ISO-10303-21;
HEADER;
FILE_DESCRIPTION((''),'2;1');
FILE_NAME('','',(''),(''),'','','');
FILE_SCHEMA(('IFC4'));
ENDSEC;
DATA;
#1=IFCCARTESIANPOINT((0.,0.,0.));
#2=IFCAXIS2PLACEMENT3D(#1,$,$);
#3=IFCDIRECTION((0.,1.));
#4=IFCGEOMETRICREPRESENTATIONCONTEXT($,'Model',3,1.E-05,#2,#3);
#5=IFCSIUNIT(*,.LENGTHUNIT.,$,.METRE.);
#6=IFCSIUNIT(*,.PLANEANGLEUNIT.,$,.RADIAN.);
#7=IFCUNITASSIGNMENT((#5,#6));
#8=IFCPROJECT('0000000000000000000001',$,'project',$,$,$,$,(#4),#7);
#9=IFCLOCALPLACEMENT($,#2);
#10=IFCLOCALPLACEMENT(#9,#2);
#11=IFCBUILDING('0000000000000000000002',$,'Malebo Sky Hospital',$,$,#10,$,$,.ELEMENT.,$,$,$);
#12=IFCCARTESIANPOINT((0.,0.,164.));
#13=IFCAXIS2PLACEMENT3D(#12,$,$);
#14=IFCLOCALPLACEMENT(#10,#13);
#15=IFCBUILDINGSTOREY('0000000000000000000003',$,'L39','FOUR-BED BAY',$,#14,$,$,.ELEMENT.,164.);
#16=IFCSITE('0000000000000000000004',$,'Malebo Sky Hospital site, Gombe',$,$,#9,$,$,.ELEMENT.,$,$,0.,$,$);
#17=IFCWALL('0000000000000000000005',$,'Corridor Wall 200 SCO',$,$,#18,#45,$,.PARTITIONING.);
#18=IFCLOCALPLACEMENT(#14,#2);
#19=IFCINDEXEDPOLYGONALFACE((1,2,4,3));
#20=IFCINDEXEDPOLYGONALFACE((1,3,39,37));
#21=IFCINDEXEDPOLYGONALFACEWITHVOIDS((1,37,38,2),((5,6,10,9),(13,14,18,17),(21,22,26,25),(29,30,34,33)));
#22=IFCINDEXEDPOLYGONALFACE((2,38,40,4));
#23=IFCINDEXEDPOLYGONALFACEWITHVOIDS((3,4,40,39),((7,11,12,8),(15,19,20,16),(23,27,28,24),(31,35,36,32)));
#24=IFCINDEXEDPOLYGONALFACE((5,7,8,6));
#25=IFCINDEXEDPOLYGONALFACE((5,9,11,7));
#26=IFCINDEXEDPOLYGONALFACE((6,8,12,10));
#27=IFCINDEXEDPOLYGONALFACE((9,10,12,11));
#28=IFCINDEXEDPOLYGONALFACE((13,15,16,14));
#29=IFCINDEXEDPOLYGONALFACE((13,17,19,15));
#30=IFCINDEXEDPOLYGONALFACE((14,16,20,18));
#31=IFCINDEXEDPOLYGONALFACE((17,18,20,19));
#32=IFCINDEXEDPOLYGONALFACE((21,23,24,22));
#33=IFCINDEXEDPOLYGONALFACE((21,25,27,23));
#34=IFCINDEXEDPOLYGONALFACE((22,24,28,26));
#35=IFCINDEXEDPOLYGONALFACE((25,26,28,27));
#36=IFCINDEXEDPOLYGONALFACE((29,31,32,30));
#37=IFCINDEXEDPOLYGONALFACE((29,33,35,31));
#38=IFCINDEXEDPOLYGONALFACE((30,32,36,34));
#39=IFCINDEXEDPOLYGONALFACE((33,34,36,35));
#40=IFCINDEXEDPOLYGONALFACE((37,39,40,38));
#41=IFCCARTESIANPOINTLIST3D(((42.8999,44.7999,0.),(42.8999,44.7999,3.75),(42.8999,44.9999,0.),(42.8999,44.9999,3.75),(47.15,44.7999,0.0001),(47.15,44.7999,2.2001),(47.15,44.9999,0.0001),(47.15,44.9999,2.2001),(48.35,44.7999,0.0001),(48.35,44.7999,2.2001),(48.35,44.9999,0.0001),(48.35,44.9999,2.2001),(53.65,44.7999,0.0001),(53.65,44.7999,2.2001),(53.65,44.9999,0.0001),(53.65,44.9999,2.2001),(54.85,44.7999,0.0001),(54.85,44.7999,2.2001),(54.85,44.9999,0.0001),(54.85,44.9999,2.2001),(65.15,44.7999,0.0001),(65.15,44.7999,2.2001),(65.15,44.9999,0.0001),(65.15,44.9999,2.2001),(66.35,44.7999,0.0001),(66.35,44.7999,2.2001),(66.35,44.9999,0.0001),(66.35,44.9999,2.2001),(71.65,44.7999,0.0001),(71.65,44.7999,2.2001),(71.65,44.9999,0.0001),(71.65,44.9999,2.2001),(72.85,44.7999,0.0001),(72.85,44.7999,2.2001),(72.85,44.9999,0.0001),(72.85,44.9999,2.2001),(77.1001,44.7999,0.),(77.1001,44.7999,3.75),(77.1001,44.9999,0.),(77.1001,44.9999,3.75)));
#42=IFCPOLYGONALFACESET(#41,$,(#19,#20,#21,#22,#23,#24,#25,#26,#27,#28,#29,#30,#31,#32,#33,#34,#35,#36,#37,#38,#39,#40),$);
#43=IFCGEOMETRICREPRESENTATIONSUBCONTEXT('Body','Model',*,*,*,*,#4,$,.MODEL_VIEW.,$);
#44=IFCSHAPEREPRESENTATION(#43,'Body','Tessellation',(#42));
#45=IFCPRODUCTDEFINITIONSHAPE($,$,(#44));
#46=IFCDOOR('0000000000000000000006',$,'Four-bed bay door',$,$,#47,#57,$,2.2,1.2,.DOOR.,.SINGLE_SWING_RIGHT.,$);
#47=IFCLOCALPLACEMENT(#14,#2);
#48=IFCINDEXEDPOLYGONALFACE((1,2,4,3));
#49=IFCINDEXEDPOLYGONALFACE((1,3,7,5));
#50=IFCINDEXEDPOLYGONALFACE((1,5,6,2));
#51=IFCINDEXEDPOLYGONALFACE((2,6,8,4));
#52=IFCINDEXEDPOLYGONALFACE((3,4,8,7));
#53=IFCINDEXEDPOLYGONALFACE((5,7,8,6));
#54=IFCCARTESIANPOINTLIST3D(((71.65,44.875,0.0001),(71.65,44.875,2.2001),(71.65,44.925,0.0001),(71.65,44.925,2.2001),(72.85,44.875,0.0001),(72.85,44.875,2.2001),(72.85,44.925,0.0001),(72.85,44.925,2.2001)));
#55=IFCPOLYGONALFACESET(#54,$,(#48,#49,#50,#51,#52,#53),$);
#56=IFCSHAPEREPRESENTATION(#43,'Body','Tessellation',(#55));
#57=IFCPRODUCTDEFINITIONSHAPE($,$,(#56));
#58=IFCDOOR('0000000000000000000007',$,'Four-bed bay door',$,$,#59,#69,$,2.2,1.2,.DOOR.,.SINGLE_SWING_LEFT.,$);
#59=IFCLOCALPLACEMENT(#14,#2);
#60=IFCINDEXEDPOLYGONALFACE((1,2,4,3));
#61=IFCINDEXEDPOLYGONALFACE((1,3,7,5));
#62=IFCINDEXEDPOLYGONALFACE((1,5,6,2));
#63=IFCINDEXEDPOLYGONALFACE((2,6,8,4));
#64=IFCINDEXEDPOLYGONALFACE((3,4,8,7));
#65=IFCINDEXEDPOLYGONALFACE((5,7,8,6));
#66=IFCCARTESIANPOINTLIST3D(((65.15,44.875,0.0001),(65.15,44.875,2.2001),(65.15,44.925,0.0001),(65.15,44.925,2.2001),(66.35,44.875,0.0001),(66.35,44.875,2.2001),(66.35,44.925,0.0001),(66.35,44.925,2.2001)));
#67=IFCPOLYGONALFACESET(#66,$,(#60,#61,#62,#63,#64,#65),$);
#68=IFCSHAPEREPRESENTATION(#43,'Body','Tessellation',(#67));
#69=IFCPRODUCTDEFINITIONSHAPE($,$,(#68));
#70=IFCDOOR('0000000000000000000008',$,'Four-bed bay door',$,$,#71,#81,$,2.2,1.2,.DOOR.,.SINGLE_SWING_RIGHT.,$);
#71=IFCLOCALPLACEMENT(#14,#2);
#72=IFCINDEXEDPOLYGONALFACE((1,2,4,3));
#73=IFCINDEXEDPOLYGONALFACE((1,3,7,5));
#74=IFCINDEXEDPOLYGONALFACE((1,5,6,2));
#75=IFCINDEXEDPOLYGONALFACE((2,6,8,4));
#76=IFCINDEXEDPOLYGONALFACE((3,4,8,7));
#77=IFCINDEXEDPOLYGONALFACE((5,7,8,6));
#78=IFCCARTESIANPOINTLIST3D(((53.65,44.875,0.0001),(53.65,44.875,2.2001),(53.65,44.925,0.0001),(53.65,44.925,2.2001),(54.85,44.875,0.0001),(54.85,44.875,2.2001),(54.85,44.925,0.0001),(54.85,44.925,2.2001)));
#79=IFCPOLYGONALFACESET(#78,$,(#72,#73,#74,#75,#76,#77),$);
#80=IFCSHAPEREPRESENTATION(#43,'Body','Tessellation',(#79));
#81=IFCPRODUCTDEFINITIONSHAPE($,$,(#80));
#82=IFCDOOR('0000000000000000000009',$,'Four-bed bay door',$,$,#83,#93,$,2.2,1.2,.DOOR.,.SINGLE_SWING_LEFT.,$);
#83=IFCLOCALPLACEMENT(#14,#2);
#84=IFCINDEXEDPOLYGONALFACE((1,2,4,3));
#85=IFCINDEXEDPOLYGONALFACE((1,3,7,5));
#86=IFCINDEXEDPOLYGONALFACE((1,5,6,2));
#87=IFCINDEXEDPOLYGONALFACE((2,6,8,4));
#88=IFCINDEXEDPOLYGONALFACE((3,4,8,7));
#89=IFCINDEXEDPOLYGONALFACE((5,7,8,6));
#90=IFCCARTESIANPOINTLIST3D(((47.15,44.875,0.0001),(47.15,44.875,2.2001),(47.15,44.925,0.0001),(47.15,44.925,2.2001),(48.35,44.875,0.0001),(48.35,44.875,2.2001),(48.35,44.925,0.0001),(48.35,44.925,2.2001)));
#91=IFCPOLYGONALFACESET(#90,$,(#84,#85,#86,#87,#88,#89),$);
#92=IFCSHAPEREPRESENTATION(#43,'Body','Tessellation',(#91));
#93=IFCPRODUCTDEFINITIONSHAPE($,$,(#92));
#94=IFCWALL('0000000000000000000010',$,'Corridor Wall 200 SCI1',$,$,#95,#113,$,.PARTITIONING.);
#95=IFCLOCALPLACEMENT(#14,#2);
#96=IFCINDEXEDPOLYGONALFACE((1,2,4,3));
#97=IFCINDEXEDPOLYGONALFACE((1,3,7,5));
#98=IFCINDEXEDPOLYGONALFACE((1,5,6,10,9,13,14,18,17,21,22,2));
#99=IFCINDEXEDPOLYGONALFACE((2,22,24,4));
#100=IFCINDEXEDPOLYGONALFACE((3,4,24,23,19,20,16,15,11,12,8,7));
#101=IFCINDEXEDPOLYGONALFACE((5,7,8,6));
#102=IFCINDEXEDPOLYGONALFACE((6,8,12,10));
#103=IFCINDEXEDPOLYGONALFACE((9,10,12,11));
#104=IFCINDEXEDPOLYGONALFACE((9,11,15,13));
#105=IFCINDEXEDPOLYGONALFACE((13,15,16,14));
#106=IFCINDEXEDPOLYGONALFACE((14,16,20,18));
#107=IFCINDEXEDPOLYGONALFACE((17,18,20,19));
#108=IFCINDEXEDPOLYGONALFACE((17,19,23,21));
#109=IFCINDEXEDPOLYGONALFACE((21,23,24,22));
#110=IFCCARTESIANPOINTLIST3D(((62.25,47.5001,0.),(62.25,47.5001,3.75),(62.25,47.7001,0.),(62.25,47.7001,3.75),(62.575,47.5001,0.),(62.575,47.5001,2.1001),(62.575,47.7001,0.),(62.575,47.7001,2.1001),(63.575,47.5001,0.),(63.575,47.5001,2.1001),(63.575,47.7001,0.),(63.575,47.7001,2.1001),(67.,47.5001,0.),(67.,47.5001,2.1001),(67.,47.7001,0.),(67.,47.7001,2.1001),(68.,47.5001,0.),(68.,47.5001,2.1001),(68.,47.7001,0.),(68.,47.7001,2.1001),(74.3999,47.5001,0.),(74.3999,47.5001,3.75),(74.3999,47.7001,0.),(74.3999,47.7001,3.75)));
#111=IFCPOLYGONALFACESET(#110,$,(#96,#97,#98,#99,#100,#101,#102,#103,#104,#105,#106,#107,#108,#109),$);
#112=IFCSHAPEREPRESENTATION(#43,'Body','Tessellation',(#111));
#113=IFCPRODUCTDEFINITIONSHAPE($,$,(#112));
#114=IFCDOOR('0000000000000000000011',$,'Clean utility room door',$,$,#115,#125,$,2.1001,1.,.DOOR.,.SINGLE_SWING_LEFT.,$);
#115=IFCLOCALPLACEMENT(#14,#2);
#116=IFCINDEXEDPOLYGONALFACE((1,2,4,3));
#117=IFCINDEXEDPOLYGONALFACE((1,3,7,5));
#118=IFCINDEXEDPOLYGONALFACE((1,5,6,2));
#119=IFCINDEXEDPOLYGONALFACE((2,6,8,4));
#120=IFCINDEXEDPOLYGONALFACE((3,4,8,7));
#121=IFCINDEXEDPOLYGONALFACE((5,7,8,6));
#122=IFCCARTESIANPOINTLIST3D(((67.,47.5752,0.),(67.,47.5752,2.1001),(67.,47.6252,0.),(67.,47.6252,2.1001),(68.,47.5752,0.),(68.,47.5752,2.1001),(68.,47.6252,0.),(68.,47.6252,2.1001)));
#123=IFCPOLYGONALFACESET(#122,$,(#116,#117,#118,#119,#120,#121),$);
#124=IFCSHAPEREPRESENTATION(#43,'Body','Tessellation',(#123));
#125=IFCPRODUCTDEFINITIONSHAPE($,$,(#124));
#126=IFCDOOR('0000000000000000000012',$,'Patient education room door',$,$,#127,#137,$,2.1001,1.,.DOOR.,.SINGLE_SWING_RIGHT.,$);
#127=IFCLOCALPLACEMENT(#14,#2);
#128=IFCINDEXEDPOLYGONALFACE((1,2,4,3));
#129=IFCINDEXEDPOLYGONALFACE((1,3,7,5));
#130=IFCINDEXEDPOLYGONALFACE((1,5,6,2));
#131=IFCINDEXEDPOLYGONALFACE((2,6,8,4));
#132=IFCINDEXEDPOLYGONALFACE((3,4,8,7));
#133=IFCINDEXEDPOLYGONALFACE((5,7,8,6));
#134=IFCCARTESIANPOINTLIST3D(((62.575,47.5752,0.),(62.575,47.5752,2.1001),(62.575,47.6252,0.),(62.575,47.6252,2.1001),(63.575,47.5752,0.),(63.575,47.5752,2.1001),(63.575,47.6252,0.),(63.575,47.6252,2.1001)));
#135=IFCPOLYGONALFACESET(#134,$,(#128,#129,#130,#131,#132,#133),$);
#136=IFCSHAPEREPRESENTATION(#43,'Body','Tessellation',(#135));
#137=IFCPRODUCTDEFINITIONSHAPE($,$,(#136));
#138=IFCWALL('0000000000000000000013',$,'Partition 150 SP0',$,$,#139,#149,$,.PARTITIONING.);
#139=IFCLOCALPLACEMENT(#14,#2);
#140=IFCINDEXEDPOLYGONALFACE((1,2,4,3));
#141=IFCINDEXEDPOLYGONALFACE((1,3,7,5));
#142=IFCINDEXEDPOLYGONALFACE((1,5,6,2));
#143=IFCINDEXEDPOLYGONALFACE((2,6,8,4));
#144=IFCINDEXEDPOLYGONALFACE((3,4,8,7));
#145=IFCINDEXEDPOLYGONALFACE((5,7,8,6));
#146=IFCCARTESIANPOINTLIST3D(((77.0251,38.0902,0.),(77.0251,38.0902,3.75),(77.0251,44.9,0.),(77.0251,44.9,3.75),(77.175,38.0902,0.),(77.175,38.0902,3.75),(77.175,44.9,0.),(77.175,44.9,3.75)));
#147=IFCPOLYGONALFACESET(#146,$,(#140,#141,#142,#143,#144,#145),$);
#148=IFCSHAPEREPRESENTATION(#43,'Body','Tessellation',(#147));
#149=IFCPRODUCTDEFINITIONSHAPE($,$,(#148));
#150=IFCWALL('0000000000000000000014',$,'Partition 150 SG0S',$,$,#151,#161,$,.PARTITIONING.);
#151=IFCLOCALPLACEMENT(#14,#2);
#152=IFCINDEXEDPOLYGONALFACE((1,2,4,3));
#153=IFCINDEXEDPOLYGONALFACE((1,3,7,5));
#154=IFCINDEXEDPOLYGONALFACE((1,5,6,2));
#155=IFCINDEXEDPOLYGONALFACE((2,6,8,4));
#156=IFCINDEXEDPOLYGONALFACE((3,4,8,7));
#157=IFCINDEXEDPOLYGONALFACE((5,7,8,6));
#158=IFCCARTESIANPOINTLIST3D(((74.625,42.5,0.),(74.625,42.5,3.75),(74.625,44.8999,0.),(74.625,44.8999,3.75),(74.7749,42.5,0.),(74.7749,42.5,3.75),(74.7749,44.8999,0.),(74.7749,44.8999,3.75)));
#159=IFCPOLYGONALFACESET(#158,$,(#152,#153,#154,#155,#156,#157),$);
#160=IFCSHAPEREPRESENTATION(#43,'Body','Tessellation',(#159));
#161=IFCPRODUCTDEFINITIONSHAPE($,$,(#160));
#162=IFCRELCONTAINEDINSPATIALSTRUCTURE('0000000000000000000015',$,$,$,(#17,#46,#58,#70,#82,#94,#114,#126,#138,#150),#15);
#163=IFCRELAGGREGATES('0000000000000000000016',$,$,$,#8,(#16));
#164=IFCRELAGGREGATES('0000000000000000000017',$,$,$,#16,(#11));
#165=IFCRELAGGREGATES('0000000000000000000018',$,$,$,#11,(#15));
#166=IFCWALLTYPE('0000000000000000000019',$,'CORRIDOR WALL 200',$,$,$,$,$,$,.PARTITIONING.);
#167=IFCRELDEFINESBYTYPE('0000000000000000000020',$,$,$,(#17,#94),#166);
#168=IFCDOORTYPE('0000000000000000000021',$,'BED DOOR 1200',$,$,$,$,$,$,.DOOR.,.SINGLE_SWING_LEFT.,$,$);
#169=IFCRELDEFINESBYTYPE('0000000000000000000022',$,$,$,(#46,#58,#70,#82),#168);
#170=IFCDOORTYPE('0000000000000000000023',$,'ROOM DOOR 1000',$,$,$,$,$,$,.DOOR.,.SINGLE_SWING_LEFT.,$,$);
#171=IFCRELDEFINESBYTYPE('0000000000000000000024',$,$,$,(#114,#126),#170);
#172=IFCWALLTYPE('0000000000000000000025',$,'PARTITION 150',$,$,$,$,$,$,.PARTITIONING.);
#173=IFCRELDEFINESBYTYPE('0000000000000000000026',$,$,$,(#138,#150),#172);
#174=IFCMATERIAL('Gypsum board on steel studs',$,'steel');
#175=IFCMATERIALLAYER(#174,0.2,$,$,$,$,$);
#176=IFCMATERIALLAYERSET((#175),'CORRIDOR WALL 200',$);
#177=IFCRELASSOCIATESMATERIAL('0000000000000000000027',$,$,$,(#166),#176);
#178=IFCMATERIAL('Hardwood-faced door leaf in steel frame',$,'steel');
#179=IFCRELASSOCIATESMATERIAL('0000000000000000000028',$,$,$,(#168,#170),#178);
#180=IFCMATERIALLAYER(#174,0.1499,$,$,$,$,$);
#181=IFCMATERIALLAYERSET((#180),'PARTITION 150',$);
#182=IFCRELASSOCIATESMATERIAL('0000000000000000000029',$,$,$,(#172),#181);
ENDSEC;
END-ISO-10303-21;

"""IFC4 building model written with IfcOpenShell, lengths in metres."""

from ifc_helpers import new_model, si_unit, direction, frame, frame_2d, origin, place, context, subcontext, project, spatial, rectangle, extrude, material, layer, layer_set, type_object, element, fill, save


model = new_model("IFC4")

# Units and contexts
model_context = context("Model", 3, precision=1e-05, world=origin(), true_north=direction((0.0, 1.0)))
body_context = subcontext(model_context, "Body", "Model", "MODEL_VIEW")
ifc_project = project(units=[si_unit("LENGTHUNIT", "METRE"), si_unit("PLANEANGLEUNIT", "RADIAN")], contexts=[model_context])

# Site, building, storey
site_placement = place(None, origin())
site = spatial("IfcSite", under=ifc_project, at=site_placement, Name="Malebo Sky Hospital site, Gombe", CompositionType="ELEMENT", RefElevation=0.0)
building_placement = place(site_placement, origin())
building = spatial("IfcBuilding", under=site, at=building_placement, Name="Malebo Sky Hospital", CompositionType="ELEMENT")
storey_placement = place(building_placement, frame((0.0, 0.0, 164.0)))
storey = spatial("IfcBuildingStorey", under=building, at=storey_placement, Name="L39", Description="FOUR-BED BAY", CompositionType="ELEMENT", Elevation=164.0)

# Walls, openings, doors
ifc_material_1 = material(Name="Gypsum board on steel studs", Category="steel")
ifc_layer_1 = layer(ifc_material_1, 0.2)
ifc_layer_set_1 = layer_set([ifc_layer_1], Name="CORRIDOR WALL 200")
wall_type_1 = type_object("IfcWallType", Name="CORRIDOR WALL 200", PredefinedType="PARTITIONING", material=ifc_layer_set_1)
wall_1_placement = place(storey_placement, frame((77.1001, 44.8999, 0.0), z_axis=(0.0, 0.0, 1.0), x_axis=(-1.0, 0.0, 0.0)))
wall_1 = element("IfcWall", 1, at=wall_1_placement, inside=storey, type_object=wall_type_1, Name="Corridor Wall 200 SCO", PredefinedType="PARTITIONING", context=body_context, shape_type="SweptSolid", body=[
    extrude(rectangle(XDim=34.2002, YDim=0.2, at=frame_2d((17.1001, 0.0))), origin(), (0.0, 0.0, 1.0), 3.75),
])
opening_1_placement = place(wall_1_placement, frame((4.25, 0.0, 0.0)))
opening_1 = element("IfcOpeningElement", 2, at=opening_1_placement, cuts=wall_1, PredefinedType="OPENING", context=body_context, shape_type="SweptSolid", body=[
    extrude(rectangle(XDim=1.2, YDim=2.2, at=frame_2d((0.6001, 1.1001))), frame((0.0, 0.1099, 0.0), z_axis=(0.0, -1.0, 0.0), x_axis=(1.0, 0.0, 0.0)), (0.0, 0.0, 1.0), 0.22),
])
opening_2_placement = place(wall_1_placement, frame((10.75, 0.0, 0.0)))
opening_2 = element("IfcOpeningElement", 3, at=opening_2_placement, cuts=wall_1, PredefinedType="OPENING", context=body_context, shape_type="SweptSolid", body=[
    extrude(rectangle(XDim=1.2, YDim=2.2, at=frame_2d((0.6001, 1.1001))), frame((0.0, 0.1099, 0.0), z_axis=(0.0, -1.0, 0.0), x_axis=(1.0, 0.0, 0.0)), (0.0, 0.0, 1.0), 0.22),
])
opening_3_placement = place(wall_1_placement, frame((22.25, 0.0, 0.0)))
opening_3 = element("IfcOpeningElement", 4, at=opening_3_placement, cuts=wall_1, PredefinedType="OPENING", context=body_context, shape_type="SweptSolid", body=[
    extrude(rectangle(XDim=1.2, YDim=2.2, at=frame_2d((0.6001, 1.1001))), frame((0.0, 0.1099, 0.0), z_axis=(0.0, -1.0, 0.0), x_axis=(1.0, 0.0, 0.0)), (0.0, 0.0, 1.0), 0.22),
])
opening_4_placement = place(wall_1_placement, frame((28.75, 0.0, 0.0)))
opening_4 = element("IfcOpeningElement", 5, at=opening_4_placement, cuts=wall_1, PredefinedType="OPENING", context=body_context, shape_type="SweptSolid", body=[
    extrude(rectangle(XDim=1.2, YDim=2.2, at=frame_2d((0.6001, 1.1001))), frame((0.0, 0.1099, 0.0), z_axis=(0.0, -1.0, 0.0), x_axis=(1.0, 0.0, 0.0)), (0.0, 0.0, 1.0), 0.22),
])
ifc_material_2 = material(Name="Hardwood-faced door leaf in steel frame", Category="steel")
door_type_1 = type_object("IfcDoorType", Name="BED DOOR 1200", OperationType="SINGLE_SWING_LEFT", PredefinedType="DOOR", material=ifc_material_2)
door_1_placement = place(opening_1_placement, origin())
door_1 = element("IfcDoor", 6, at=door_1_placement, inside=storey, type_object=door_type_1, Name="Four-bed bay door", OperationType="SINGLE_SWING_RIGHT", OverallHeight=2.2, OverallWidth=1.2, PredefinedType="DOOR", context=body_context, shape_type="SweptSolid", body=[
    extrude(rectangle(XDim=1.2, YDim=2.2, at=frame_2d((0.6001, 1.1001))), frame((0.0, 0.0249, 0.0), z_axis=(0.0, -1.0, 0.0), x_axis=(1.0, 0.0, 0.0)), (0.0, 0.0, 1.0), 0.05),
])
fill(opening_1, door_1)
door_2_placement = place(opening_2_placement, origin())
door_2 = element("IfcDoor", 7, at=door_2_placement, inside=storey, type_object=door_type_1, Name="Four-bed bay door", OperationType="SINGLE_SWING_LEFT", OverallHeight=2.2, OverallWidth=1.2, PredefinedType="DOOR", context=body_context, shape_type="SweptSolid", body=[
    extrude(rectangle(XDim=1.2, YDim=2.2, at=frame_2d((0.6001, 1.1001))), frame((0.0, 0.0249, 0.0), z_axis=(0.0, -1.0, 0.0), x_axis=(1.0, 0.0, 0.0)), (0.0, 0.0, 1.0), 0.05),
])
fill(opening_2, door_2)
door_3_placement = place(opening_3_placement, origin())
door_3 = element("IfcDoor", 8, at=door_3_placement, inside=storey, type_object=door_type_1, Name="Four-bed bay door", OperationType="SINGLE_SWING_RIGHT", OverallHeight=2.2, OverallWidth=1.2, PredefinedType="DOOR", context=body_context, shape_type="SweptSolid", body=[
    extrude(rectangle(XDim=1.2, YDim=2.2, at=frame_2d((0.6001, 1.1001))), frame((0.0, 0.0249, 0.0), z_axis=(0.0, -1.0, 0.0), x_axis=(1.0, 0.0, 0.0)), (0.0, 0.0, 1.0), 0.05),
])
fill(opening_3, door_3)
door_4_placement = place(opening_4_placement, origin())
door_4 = element("IfcDoor", 9, at=door_4_placement, inside=storey, type_object=door_type_1, Name="Four-bed bay door", OperationType="SINGLE_SWING_LEFT", OverallHeight=2.2, OverallWidth=1.2, PredefinedType="DOOR", context=body_context, shape_type="SweptSolid", body=[
    extrude(rectangle(XDim=1.2, YDim=2.2, at=frame_2d((0.6001, 1.1001))), frame((0.0, 0.0249, 0.0), z_axis=(0.0, -1.0, 0.0), x_axis=(1.0, 0.0, 0.0)), (0.0, 0.0, 1.0), 0.05),
])
fill(opening_4, door_4)
wall_2_placement = place(storey_placement, frame((74.3999, 47.6001, 0.0), z_axis=(0.0, 0.0, 1.0), x_axis=(-1.0, 0.0, 0.0)))
wall_2 = element("IfcWall", 10, at=wall_2_placement, inside=storey, type_object=wall_type_1, Name="Corridor Wall 200 SCI1", PredefinedType="PARTITIONING", context=body_context, shape_type="SweptSolid", body=[
    extrude(rectangle(XDim=12.1499, YDim=0.2, at=frame_2d((6.075, 0.0))), origin(), (0.0, 0.0, 1.0), 3.75),
])
opening_5_placement = place(wall_2_placement, frame((6.3999, 0.0, 0.0)))
opening_5 = element("IfcOpeningElement", 11, at=opening_5_placement, cuts=wall_2, PredefinedType="OPENING", context=body_context, shape_type="SweptSolid", body=[
    extrude(rectangle(XDim=1.0, YDim=2.1001, at=frame_2d((0.5, 1.05))), frame((0.0, 0.1099, 0.0), z_axis=(0.0, -1.0, 0.0), x_axis=(1.0, 0.0, 0.0)), (0.0, 0.0, 1.0), 0.22),
])
opening_6_placement = place(wall_2_placement, frame((10.825, 0.0, 0.0)))
opening_6 = element("IfcOpeningElement", 12, at=opening_6_placement, cuts=wall_2, PredefinedType="OPENING", context=body_context, shape_type="SweptSolid", body=[
    extrude(rectangle(XDim=1.0, YDim=2.1001, at=frame_2d((0.5, 1.05))), frame((0.0, 0.1099, 0.0), z_axis=(0.0, -1.0, 0.0), x_axis=(1.0, 0.0, 0.0)), (0.0, 0.0, 1.0), 0.22),
])
door_type_2 = type_object("IfcDoorType", Name="ROOM DOOR 1000", OperationType="SINGLE_SWING_LEFT", PredefinedType="DOOR", material=ifc_material_2)
door_5_placement = place(opening_5_placement, origin())
door_5 = element("IfcDoor", 13, at=door_5_placement, inside=storey, type_object=door_type_2, Name="Clean utility room door", OperationType="SINGLE_SWING_LEFT", OverallHeight=2.1001, OverallWidth=1.0, PredefinedType="DOOR", context=body_context, shape_type="SweptSolid", body=[
    extrude(rectangle(XDim=1.0, YDim=2.1001, at=frame_2d((0.5, 1.05))), frame((0.0, 0.0249, 0.0), z_axis=(0.0, -1.0, 0.0), x_axis=(1.0, 0.0, 0.0)), (0.0, 0.0, 1.0), 0.05),
])
fill(opening_5, door_5)
door_6_placement = place(opening_6_placement, origin())
door_6 = element("IfcDoor", 14, at=door_6_placement, inside=storey, type_object=door_type_2, Name="Patient education room door", OperationType="SINGLE_SWING_RIGHT", OverallHeight=2.1001, OverallWidth=1.0, PredefinedType="DOOR", context=body_context, shape_type="SweptSolid", body=[
    extrude(rectangle(XDim=1.0, YDim=2.1001, at=frame_2d((0.5, 1.05))), frame((0.0, 0.0249, 0.0), z_axis=(0.0, -1.0, 0.0), x_axis=(1.0, 0.0, 0.0)), (0.0, 0.0, 1.0), 0.05),
])
fill(opening_6, door_6)

# Walls
ifc_layer_2 = layer(ifc_material_1, 0.1499)
ifc_layer_set_2 = layer_set([ifc_layer_2], Name="PARTITION 150")
wall_type_2 = type_object("IfcWallType", Name="PARTITION 150", PredefinedType="PARTITIONING", material=ifc_layer_set_2)
wall_3_placement = place(storey_placement, frame((77.1001, 44.8999, 0.0), z_axis=(0.0, 0.0, 1.0), x_axis=(0.0, -1.0, 0.0)))
element("IfcWall", 15, at=wall_3_placement, inside=storey, type_object=wall_type_2, Name="Partition 150 SP0", PredefinedType="PARTITIONING", context=body_context, shape_type="SweptSolid", body=[
    extrude(rectangle(XDim=6.8098, YDim=0.1499, at=frame_2d((3.4048, 0.0))), origin(), (0.0, 0.0, 1.0), 3.75),
])
wall_4_placement = place(storey_placement, frame((74.7, 44.8999, 0.0), z_axis=(0.0, 0.0, 1.0), x_axis=(0.0, -1.0, 0.0)))
element("IfcWall", 16, at=wall_4_placement, inside=storey, type_object=wall_type_2, Name="Partition 150 SG0S", PredefinedType="PARTITIONING", context=body_context, shape_type="SweptSolid", body=[
    extrude(rectangle(XDim=2.3999, YDim=0.1499, at=frame_2d((1.2, 0.0))), origin(), (0.0, 0.0, 1.0), 3.75),
])

save(model, "model.ifc")
